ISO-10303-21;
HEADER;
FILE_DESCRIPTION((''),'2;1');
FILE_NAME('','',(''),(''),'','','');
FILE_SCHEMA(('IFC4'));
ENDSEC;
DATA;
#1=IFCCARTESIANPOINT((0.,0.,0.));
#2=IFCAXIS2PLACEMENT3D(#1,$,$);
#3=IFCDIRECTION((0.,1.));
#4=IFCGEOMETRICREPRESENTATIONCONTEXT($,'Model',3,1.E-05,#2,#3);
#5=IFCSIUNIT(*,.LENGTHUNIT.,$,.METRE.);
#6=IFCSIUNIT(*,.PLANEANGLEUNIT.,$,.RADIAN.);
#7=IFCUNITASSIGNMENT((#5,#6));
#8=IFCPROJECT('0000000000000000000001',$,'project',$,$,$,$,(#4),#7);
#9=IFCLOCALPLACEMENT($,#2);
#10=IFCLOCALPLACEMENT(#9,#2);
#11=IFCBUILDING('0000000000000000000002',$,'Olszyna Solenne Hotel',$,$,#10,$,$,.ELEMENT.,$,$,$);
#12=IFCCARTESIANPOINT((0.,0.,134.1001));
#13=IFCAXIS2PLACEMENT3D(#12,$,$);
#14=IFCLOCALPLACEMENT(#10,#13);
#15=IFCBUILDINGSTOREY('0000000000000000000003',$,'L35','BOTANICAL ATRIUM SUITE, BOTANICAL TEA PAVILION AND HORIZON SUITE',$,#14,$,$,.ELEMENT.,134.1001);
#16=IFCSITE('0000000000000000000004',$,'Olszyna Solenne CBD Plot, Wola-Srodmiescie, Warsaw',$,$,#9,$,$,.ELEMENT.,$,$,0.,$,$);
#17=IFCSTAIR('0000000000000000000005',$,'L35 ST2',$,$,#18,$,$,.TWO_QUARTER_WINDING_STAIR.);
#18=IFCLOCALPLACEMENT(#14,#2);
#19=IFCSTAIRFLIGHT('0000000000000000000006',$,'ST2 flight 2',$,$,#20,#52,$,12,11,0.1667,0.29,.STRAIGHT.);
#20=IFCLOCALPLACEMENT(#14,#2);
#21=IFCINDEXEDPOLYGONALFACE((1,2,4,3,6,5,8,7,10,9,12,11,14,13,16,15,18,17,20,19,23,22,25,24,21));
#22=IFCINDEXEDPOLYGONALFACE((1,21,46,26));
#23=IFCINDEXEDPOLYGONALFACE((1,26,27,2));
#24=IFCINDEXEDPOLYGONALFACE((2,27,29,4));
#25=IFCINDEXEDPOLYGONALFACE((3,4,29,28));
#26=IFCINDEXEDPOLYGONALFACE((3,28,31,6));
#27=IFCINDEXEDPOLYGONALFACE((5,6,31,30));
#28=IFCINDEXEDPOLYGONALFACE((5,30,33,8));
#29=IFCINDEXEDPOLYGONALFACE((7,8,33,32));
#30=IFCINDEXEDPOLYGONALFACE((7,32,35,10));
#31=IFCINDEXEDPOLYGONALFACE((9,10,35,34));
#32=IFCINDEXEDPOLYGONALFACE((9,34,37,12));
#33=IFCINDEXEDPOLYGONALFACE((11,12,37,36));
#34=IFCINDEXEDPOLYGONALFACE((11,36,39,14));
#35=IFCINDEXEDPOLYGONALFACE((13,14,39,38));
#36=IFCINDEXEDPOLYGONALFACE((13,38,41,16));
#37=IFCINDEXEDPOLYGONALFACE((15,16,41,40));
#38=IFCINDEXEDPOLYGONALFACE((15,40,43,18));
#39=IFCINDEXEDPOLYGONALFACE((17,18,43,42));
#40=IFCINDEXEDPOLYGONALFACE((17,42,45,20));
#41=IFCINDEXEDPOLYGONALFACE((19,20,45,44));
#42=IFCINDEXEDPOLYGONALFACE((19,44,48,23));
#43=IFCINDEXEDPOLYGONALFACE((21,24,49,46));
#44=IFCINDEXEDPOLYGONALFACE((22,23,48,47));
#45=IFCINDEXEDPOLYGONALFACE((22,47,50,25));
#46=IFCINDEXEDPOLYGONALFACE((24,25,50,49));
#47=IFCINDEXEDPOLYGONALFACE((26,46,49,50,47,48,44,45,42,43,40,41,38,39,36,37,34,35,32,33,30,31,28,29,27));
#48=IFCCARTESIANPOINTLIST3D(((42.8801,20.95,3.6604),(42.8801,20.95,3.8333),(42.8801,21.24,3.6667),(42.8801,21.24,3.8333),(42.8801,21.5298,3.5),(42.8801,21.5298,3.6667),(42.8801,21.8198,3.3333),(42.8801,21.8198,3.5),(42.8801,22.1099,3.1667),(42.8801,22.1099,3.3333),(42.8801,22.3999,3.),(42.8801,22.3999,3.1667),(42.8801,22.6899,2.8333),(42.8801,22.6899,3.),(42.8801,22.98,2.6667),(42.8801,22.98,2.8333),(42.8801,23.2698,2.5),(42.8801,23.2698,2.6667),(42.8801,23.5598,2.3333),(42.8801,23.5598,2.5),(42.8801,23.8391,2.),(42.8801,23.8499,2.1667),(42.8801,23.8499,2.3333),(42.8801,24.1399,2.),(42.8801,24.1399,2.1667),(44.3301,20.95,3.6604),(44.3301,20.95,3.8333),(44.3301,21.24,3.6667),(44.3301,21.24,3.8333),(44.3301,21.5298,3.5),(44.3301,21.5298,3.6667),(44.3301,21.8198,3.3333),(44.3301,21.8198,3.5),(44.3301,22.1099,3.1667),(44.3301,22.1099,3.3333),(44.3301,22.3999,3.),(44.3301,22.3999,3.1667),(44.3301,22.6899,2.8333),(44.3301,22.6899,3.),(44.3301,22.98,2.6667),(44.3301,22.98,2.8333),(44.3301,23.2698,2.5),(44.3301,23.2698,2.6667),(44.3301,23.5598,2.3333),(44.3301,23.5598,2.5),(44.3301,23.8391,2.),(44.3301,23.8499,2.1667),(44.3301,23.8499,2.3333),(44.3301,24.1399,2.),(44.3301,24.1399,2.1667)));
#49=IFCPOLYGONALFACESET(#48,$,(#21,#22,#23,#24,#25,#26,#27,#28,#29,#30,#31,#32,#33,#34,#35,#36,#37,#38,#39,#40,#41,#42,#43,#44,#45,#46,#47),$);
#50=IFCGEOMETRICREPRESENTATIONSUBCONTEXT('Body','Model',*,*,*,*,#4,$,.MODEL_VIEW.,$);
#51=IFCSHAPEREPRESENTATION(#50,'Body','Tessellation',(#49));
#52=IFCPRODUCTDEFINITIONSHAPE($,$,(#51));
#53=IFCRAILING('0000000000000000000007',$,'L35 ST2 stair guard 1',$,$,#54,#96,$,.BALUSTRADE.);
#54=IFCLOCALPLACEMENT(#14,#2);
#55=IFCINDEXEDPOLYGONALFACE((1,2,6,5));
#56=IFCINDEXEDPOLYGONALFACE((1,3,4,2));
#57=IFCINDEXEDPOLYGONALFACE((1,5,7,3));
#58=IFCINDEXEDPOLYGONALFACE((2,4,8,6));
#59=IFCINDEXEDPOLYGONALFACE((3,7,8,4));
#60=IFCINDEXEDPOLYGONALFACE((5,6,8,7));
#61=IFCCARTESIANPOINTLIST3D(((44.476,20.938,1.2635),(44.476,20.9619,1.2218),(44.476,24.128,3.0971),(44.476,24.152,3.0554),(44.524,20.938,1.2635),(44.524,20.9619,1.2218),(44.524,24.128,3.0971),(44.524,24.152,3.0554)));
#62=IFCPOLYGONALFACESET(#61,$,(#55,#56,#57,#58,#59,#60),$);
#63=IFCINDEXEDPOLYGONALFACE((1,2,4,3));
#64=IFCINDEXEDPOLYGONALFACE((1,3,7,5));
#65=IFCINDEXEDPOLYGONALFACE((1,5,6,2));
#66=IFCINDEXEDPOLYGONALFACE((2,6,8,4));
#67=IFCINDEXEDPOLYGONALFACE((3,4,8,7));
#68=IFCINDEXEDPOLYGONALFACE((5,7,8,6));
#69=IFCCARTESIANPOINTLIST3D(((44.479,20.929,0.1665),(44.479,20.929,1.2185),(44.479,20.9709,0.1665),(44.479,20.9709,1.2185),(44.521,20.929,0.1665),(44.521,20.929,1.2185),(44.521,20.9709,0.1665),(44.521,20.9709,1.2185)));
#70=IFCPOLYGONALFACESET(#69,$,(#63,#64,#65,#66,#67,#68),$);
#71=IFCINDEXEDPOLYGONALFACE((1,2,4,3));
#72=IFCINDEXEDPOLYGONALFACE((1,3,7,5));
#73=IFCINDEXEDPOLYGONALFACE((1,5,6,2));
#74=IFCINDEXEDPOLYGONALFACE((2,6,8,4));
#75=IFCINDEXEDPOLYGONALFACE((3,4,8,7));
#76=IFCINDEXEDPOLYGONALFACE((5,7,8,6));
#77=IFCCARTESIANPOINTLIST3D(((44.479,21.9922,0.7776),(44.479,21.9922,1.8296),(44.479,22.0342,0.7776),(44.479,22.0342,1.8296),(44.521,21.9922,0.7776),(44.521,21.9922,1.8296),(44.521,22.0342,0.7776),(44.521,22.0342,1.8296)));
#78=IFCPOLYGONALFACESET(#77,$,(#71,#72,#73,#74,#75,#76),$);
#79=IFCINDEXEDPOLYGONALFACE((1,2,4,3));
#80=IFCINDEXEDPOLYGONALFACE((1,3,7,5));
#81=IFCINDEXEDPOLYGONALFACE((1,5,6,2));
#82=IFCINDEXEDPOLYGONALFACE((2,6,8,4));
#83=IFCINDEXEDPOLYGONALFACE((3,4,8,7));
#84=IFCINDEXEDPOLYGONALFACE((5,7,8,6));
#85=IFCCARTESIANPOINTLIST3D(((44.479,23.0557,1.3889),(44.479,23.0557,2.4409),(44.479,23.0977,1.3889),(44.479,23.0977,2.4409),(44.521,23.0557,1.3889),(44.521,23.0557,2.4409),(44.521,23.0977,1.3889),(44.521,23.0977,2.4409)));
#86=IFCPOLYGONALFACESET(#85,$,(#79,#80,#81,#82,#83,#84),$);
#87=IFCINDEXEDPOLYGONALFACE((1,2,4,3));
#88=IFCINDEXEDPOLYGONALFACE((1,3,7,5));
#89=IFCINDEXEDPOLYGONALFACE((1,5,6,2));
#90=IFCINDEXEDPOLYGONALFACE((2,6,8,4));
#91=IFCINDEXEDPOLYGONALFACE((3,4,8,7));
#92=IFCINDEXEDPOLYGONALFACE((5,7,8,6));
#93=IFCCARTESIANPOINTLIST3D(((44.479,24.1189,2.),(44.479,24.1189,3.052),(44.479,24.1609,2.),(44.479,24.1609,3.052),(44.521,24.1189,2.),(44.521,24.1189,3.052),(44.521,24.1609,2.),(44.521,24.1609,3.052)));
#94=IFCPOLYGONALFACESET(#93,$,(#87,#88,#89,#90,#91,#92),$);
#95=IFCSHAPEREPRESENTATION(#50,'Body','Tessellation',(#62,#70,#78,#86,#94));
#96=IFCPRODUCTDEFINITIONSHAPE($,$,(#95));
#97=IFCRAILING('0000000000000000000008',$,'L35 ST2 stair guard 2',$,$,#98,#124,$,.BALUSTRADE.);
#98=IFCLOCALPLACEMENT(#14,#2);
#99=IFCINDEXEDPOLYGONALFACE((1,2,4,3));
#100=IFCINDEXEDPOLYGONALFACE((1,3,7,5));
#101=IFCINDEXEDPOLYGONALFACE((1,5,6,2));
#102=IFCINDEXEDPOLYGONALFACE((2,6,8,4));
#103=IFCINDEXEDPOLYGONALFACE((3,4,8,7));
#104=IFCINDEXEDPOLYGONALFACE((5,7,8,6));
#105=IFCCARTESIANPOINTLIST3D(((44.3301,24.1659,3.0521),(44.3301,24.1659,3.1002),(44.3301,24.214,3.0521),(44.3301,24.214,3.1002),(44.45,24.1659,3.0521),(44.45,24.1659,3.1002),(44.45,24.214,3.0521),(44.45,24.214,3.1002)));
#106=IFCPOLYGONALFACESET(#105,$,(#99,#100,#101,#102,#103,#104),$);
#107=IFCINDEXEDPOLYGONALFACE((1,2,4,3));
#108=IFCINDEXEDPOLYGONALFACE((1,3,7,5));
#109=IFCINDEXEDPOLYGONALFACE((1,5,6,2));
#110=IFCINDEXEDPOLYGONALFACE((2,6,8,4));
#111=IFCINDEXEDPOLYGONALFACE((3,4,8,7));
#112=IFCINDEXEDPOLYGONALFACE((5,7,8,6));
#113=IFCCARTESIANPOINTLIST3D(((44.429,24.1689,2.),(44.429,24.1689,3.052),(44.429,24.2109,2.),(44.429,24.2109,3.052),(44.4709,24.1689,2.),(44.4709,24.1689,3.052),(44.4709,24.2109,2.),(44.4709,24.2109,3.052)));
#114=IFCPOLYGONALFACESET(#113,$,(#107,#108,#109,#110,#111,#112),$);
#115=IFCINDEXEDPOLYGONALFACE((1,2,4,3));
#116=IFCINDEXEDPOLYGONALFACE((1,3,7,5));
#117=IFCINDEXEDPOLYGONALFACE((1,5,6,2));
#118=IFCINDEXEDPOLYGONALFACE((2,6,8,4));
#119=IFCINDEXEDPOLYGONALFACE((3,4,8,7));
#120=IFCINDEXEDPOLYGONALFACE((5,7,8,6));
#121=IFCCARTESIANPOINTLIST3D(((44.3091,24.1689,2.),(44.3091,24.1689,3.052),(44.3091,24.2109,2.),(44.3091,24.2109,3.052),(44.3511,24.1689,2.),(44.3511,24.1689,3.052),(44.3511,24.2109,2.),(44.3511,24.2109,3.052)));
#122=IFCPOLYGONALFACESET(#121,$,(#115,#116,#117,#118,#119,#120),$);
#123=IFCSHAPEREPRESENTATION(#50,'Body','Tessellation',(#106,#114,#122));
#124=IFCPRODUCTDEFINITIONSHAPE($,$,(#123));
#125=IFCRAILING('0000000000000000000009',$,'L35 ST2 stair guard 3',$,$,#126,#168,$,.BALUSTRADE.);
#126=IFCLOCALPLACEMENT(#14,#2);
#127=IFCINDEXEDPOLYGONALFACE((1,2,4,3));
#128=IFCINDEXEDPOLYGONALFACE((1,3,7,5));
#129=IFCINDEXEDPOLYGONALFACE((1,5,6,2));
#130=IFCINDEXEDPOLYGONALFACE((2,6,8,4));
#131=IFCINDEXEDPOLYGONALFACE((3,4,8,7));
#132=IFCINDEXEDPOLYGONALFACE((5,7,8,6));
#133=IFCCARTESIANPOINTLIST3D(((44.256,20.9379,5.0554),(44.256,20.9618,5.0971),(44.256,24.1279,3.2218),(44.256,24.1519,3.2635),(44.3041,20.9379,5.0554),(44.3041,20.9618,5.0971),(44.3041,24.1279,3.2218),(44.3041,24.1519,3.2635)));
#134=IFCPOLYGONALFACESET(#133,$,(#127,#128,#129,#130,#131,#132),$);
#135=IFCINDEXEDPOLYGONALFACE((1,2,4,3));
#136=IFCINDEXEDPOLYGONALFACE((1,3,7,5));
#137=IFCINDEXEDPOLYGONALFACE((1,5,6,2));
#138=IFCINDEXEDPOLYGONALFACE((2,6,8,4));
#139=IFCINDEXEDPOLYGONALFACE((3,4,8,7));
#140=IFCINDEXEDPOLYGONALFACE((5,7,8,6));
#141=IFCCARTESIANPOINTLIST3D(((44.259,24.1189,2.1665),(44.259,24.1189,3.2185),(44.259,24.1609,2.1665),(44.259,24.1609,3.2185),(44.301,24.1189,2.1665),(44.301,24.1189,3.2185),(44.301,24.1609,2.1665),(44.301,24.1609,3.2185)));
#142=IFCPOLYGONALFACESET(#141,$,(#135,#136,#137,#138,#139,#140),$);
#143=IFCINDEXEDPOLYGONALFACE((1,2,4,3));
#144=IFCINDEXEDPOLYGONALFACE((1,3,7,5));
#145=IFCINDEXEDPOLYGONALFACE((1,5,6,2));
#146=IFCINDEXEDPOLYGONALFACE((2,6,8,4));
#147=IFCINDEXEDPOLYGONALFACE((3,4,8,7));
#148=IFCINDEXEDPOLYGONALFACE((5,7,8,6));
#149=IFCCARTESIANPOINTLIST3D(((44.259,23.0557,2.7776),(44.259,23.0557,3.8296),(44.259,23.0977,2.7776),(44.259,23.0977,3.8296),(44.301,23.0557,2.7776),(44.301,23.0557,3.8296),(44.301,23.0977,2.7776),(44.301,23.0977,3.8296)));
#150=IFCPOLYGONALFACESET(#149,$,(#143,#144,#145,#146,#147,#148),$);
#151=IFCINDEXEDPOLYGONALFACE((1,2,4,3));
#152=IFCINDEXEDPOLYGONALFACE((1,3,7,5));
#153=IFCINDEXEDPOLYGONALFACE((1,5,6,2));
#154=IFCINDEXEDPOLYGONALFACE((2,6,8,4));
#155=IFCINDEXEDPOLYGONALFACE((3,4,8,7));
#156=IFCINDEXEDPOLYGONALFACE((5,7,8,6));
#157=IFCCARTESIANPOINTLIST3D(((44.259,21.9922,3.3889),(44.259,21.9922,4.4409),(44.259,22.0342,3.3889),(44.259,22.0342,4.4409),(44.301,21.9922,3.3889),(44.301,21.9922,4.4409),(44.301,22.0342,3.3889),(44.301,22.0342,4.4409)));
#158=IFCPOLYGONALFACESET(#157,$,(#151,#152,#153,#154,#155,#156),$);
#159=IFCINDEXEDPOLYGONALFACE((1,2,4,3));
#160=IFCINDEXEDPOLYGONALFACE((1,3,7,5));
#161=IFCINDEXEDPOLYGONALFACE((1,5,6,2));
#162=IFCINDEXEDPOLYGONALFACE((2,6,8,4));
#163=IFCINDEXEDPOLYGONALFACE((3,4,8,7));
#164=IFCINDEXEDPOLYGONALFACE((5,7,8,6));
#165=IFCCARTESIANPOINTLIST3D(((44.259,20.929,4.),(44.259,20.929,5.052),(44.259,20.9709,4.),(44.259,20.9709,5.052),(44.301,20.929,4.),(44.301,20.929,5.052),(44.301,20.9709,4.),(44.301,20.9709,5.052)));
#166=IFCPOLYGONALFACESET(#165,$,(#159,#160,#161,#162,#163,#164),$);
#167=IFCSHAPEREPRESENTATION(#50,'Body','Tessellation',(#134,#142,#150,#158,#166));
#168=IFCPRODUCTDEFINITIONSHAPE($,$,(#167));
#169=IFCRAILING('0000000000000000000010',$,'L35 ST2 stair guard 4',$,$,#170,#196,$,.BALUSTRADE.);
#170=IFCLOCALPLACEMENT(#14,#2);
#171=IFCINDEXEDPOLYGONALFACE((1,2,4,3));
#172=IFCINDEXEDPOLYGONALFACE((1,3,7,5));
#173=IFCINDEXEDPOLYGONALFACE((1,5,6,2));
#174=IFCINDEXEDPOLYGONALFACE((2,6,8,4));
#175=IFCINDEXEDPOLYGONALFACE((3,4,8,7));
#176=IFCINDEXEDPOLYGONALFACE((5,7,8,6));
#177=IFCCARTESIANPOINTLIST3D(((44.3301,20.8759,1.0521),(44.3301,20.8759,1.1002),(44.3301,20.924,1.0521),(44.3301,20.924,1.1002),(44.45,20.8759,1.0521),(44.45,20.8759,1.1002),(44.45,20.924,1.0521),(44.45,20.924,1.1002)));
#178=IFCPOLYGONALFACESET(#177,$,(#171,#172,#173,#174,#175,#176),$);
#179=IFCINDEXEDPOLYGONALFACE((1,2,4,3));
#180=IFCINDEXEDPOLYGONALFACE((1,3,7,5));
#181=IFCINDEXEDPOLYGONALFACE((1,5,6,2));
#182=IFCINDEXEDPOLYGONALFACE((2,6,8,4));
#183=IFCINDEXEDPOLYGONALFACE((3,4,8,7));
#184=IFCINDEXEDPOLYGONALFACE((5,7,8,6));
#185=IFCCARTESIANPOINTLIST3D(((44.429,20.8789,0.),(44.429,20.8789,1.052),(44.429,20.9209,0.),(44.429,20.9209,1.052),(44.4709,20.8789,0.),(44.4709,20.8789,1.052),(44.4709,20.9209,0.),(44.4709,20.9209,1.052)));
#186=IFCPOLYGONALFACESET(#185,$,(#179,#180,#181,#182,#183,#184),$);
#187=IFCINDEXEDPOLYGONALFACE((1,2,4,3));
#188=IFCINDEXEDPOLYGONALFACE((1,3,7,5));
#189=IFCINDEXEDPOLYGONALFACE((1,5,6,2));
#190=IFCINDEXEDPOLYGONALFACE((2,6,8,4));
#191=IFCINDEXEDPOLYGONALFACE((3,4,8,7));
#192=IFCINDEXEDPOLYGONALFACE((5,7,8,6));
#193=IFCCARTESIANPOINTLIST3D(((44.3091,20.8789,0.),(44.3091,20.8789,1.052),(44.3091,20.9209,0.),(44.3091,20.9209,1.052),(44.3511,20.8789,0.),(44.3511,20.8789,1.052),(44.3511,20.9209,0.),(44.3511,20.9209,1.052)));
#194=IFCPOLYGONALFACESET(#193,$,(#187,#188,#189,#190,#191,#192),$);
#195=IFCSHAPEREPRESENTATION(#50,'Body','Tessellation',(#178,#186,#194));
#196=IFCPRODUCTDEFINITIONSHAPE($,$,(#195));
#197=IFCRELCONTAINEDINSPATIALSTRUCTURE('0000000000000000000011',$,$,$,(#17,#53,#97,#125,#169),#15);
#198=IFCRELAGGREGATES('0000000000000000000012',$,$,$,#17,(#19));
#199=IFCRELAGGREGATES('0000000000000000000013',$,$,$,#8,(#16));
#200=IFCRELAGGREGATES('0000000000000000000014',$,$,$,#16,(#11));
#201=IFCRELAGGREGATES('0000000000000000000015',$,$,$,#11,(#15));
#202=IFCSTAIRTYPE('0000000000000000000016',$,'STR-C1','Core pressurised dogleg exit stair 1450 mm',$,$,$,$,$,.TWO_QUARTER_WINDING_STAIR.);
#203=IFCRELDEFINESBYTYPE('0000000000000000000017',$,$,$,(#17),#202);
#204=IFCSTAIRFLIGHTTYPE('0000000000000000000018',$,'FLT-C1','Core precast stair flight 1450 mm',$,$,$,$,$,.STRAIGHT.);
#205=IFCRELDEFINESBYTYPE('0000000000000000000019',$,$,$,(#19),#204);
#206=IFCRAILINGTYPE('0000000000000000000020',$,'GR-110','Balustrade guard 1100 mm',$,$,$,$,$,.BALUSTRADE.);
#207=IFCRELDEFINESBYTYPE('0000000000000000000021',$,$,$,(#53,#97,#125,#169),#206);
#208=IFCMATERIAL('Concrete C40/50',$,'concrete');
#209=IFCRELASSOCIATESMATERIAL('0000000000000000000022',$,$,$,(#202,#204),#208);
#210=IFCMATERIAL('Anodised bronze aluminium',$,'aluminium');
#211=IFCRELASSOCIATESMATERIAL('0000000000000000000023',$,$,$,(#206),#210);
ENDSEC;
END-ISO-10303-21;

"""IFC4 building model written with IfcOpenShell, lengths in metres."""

from ifc_helpers import new_model, si_unit, direction, frame, origin, origin_2d, place, context, subcontext, project, spatial, polyline, rectangle, outline, extrude, material, type_object, element, aggregate, save


model = new_model("IFC4")

# Units and contexts
model_context = context("Model", 3, precision=1e-05, world=origin(), true_north=direction((0.0, 1.0)))
body_context = subcontext(model_context, "Body", "Model", "MODEL_VIEW")
ifc_project = project(units=[si_unit("LENGTHUNIT", "METRE"), si_unit("PLANEANGLEUNIT", "RADIAN")], contexts=[model_context])

# Site, building, storey
site_placement = place(None, origin())
site = spatial("IfcSite", under=ifc_project, at=site_placement, Name="Olszyna Solenne CBD Plot, Wola-Srodmiescie, Warsaw", CompositionType="ELEMENT", RefElevation=0.0)
building_placement = place(site_placement, origin())
building = spatial("IfcBuilding", under=site, at=building_placement, Name="Olszyna Solenne Hotel", CompositionType="ELEMENT")
storey_placement = place(building_placement, frame((0.0, 0.0, 134.1001)))
storey = spatial("IfcBuildingStorey", under=building, at=storey_placement, Name="L35", Description="BOTANICAL ATRIUM SUITE, BOTANICAL TEA PAVILION AND HORIZON SUITE", CompositionType="ELEMENT", Elevation=134.1001)

# Shared definitions
ifc_material_1 = material(Name="Anodised bronze aluminium", Category="aluminium")

# Stair, stair flight
ifc_material_2 = material(Name="Concrete C40/50", Category="concrete")
stair_type = type_object("IfcStairType", Name="STR-C1", Description="Core pressurised dogleg exit stair 1450 mm", PredefinedType="TWO_QUARTER_WINDING_STAIR", material=ifc_material_2)
stair_placement = place(storey_placement, origin())
stair = element("IfcStair", 1, at=stair_placement, inside=storey, type_object=stair_type, Name="L35 ST2", PredefinedType="TWO_QUARTER_WINDING_STAIR")
stair_flight_type = type_object("IfcStairFlightType", Name="FLT-C1", Description="Core precast stair flight 1450 mm", PredefinedType="STRAIGHT", material=ifc_material_2)
stair_flight_1_placement = place(storey_placement, frame((43.605, 24.1399, 2.0), z_axis=(0.0, 0.0, 1.0), x_axis=(0.0, -1.0, 0.0)))
stair_flight_1 = element("IfcStairFlight", 2, at=stair_flight_1_placement, type_object=stair_flight_type, Name="ST2 flight 2", NumberOfRisers=12, NumberOfTreads=11, PredefinedType="STRAIGHT", RiserHeight=0.1667, TreadLength=0.29, context=body_context, shape_type="SweptSolid", body=[
    extrude(outline(polyline([(0.0, 0.0), (0.0, 0.1667), (0.29, 0.1667), (0.29, 0.3333), (0.5801, 0.3333), (0.5801, 0.5), (0.8701, 0.5), (0.8701, 0.6667), (1.1599, 0.6667), (1.1599, 0.8333), (1.45, 0.8333), (1.45, 1.0), (1.74, 1.0), (1.74, 1.1667), (2.03, 1.1667), (2.03, 1.3333), (2.3201, 1.3333), (2.3201, 1.5), (2.6101, 1.5), (2.6101, 1.6667), (2.8999, 1.6667), (2.8999, 1.8333), (3.1899, 1.8333), (3.1899, 2.0), (3.1899, 1.6604), (0.3008, 0.0), (0.0, 0.0)])), frame((0.0, 0.7251, 0.0), z_axis=(0.0, -1.0, 0.0), x_axis=(1.0, 0.0, 0.0)), (0.0, 0.0, 1.0), 1.45),
])
aggregate(stair, [stair_flight_1])

# Railings
railing_type_1 = type_object("IfcRailingType", Name="GR-110", Description="Balustrade guard 1100 mm", PredefinedType="BALUSTRADE", material=ifc_material_1)
railing_1_placement = place(storey_placement, frame((44.5, 20.95, 0.1665)))
element("IfcRailing", 3, at=railing_1_placement, inside=storey, type_object=railing_type_1, Name="L35 ST2 stair guard 1", PredefinedType="BALUSTRADE", context=body_context, shape_type="SweptSolid", body=[
    extrude(rectangle(XDim=0.0481, YDim=0.0481, at=origin_2d()), frame((0.0, 0.0, 1.0762), z_axis=(0.0, 0.866991, 0.498324), x_axis=(-1.0, 0.0, 0.0)), (0.0, 0.0, 1.0), 3.6794),
    extrude(rectangle(XDim=0.042, YDim=0.042, at=origin_2d()), origin(), (0.0, 0.0, 1.0), 1.052),
    extrude(rectangle(XDim=0.042, YDim=0.042, at=origin_2d()), frame((0.0, 1.0632, 0.6111)), (0.0, 0.0, 1.0), 1.052),
    extrude(rectangle(XDim=0.042, YDim=0.042, at=origin_2d()), frame((0.0, 2.1267, 1.2224)), (0.0, 0.0, 1.0), 1.052),
    extrude(rectangle(XDim=0.042, YDim=0.042, at=origin_2d()), frame((0.0, 3.1899, 1.8335)), (0.0, 0.0, 1.0), 1.052),
])
railing_2_placement = place(storey_placement, frame((44.45, 24.1899, 2.0)))
element("IfcRailing", 4, at=railing_2_placement, inside=storey, type_object=railing_type_1, Name="L35 ST2 stair guard 2", PredefinedType="BALUSTRADE", context=body_context, shape_type="SweptSolid", body=[
    extrude(rectangle(XDim=0.0481, YDim=0.0481, at=origin_2d()), frame((0.0, 0.0, 1.0762), z_axis=(-1.0, 0.0, 0.0), x_axis=(0.0, -1.0, 0.0)), (0.0, 0.0, 1.0), 0.1199),
    extrude(rectangle(XDim=0.042, YDim=0.042, at=origin_2d()), origin(), (0.0, 0.0, 1.0), 1.052),
    extrude(rectangle(XDim=0.042, YDim=0.042, at=origin_2d()), frame((-0.1199, 0.0, 0.0)), (0.0, 0.0, 1.0), 1.052),
])
railing_3_placement = place(storey_placement, frame((44.28, 24.1399, 2.1665)))
element("IfcRailing", 5, at=railing_3_placement, inside=storey, type_object=railing_type_1, Name="L35 ST2 stair guard 3", PredefinedType="BALUSTRADE", context=body_context, shape_type="SweptSolid", body=[
    extrude(rectangle(XDim=0.0481, YDim=0.0481, at=origin_2d()), frame((0.0, 0.0, 1.0762), z_axis=(0.0, -0.866991, 0.498324), x_axis=(1.0, 0.0, 0.0)), (0.0, 0.0, 1.0), 3.6794),
    extrude(rectangle(XDim=0.042, YDim=0.042, at=origin_2d()), origin(), (0.0, 0.0, 1.0), 1.052),
    extrude(rectangle(XDim=0.042, YDim=0.042, at=origin_2d()), frame((0.0, -1.0632, 0.6111)), (0.0, 0.0, 1.0), 1.052),
    extrude(rectangle(XDim=0.042, YDim=0.042, at=origin_2d()), frame((0.0, -2.1267, 1.2224)), (0.0, 0.0, 1.0), 1.052),
    extrude(rectangle(XDim=0.042, YDim=0.042, at=origin_2d()), frame((0.0, -3.1899, 1.8335)), (0.0, 0.0, 1.0), 1.052),
])
railing_4_placement = place(storey_placement, frame((44.45, 20.8999, 0.0)))
element("IfcRailing", 6, at=railing_4_placement, inside=storey, type_object=railing_type_1, Name="L35 ST2 stair guard 4", PredefinedType="BALUSTRADE", context=body_context, shape_type="SweptSolid", body=[
    extrude(rectangle(XDim=0.0481, YDim=0.0481, at=origin_2d()), frame((0.0, 0.0, 1.0762), z_axis=(-1.0, 0.0, 0.0), x_axis=(0.0, -1.0, 0.0)), (0.0, 0.0, 1.0), 0.1199),
    extrude(rectangle(XDim=0.042, YDim=0.042, at=origin_2d()), origin(), (0.0, 0.0, 1.0), 1.052),
    extrude(rectangle(XDim=0.042, YDim=0.042, at=origin_2d()), frame((-0.1199, 0.0, 0.0)), (0.0, 0.0, 1.0), 1.052),
])

save(model, "model.ifc")
